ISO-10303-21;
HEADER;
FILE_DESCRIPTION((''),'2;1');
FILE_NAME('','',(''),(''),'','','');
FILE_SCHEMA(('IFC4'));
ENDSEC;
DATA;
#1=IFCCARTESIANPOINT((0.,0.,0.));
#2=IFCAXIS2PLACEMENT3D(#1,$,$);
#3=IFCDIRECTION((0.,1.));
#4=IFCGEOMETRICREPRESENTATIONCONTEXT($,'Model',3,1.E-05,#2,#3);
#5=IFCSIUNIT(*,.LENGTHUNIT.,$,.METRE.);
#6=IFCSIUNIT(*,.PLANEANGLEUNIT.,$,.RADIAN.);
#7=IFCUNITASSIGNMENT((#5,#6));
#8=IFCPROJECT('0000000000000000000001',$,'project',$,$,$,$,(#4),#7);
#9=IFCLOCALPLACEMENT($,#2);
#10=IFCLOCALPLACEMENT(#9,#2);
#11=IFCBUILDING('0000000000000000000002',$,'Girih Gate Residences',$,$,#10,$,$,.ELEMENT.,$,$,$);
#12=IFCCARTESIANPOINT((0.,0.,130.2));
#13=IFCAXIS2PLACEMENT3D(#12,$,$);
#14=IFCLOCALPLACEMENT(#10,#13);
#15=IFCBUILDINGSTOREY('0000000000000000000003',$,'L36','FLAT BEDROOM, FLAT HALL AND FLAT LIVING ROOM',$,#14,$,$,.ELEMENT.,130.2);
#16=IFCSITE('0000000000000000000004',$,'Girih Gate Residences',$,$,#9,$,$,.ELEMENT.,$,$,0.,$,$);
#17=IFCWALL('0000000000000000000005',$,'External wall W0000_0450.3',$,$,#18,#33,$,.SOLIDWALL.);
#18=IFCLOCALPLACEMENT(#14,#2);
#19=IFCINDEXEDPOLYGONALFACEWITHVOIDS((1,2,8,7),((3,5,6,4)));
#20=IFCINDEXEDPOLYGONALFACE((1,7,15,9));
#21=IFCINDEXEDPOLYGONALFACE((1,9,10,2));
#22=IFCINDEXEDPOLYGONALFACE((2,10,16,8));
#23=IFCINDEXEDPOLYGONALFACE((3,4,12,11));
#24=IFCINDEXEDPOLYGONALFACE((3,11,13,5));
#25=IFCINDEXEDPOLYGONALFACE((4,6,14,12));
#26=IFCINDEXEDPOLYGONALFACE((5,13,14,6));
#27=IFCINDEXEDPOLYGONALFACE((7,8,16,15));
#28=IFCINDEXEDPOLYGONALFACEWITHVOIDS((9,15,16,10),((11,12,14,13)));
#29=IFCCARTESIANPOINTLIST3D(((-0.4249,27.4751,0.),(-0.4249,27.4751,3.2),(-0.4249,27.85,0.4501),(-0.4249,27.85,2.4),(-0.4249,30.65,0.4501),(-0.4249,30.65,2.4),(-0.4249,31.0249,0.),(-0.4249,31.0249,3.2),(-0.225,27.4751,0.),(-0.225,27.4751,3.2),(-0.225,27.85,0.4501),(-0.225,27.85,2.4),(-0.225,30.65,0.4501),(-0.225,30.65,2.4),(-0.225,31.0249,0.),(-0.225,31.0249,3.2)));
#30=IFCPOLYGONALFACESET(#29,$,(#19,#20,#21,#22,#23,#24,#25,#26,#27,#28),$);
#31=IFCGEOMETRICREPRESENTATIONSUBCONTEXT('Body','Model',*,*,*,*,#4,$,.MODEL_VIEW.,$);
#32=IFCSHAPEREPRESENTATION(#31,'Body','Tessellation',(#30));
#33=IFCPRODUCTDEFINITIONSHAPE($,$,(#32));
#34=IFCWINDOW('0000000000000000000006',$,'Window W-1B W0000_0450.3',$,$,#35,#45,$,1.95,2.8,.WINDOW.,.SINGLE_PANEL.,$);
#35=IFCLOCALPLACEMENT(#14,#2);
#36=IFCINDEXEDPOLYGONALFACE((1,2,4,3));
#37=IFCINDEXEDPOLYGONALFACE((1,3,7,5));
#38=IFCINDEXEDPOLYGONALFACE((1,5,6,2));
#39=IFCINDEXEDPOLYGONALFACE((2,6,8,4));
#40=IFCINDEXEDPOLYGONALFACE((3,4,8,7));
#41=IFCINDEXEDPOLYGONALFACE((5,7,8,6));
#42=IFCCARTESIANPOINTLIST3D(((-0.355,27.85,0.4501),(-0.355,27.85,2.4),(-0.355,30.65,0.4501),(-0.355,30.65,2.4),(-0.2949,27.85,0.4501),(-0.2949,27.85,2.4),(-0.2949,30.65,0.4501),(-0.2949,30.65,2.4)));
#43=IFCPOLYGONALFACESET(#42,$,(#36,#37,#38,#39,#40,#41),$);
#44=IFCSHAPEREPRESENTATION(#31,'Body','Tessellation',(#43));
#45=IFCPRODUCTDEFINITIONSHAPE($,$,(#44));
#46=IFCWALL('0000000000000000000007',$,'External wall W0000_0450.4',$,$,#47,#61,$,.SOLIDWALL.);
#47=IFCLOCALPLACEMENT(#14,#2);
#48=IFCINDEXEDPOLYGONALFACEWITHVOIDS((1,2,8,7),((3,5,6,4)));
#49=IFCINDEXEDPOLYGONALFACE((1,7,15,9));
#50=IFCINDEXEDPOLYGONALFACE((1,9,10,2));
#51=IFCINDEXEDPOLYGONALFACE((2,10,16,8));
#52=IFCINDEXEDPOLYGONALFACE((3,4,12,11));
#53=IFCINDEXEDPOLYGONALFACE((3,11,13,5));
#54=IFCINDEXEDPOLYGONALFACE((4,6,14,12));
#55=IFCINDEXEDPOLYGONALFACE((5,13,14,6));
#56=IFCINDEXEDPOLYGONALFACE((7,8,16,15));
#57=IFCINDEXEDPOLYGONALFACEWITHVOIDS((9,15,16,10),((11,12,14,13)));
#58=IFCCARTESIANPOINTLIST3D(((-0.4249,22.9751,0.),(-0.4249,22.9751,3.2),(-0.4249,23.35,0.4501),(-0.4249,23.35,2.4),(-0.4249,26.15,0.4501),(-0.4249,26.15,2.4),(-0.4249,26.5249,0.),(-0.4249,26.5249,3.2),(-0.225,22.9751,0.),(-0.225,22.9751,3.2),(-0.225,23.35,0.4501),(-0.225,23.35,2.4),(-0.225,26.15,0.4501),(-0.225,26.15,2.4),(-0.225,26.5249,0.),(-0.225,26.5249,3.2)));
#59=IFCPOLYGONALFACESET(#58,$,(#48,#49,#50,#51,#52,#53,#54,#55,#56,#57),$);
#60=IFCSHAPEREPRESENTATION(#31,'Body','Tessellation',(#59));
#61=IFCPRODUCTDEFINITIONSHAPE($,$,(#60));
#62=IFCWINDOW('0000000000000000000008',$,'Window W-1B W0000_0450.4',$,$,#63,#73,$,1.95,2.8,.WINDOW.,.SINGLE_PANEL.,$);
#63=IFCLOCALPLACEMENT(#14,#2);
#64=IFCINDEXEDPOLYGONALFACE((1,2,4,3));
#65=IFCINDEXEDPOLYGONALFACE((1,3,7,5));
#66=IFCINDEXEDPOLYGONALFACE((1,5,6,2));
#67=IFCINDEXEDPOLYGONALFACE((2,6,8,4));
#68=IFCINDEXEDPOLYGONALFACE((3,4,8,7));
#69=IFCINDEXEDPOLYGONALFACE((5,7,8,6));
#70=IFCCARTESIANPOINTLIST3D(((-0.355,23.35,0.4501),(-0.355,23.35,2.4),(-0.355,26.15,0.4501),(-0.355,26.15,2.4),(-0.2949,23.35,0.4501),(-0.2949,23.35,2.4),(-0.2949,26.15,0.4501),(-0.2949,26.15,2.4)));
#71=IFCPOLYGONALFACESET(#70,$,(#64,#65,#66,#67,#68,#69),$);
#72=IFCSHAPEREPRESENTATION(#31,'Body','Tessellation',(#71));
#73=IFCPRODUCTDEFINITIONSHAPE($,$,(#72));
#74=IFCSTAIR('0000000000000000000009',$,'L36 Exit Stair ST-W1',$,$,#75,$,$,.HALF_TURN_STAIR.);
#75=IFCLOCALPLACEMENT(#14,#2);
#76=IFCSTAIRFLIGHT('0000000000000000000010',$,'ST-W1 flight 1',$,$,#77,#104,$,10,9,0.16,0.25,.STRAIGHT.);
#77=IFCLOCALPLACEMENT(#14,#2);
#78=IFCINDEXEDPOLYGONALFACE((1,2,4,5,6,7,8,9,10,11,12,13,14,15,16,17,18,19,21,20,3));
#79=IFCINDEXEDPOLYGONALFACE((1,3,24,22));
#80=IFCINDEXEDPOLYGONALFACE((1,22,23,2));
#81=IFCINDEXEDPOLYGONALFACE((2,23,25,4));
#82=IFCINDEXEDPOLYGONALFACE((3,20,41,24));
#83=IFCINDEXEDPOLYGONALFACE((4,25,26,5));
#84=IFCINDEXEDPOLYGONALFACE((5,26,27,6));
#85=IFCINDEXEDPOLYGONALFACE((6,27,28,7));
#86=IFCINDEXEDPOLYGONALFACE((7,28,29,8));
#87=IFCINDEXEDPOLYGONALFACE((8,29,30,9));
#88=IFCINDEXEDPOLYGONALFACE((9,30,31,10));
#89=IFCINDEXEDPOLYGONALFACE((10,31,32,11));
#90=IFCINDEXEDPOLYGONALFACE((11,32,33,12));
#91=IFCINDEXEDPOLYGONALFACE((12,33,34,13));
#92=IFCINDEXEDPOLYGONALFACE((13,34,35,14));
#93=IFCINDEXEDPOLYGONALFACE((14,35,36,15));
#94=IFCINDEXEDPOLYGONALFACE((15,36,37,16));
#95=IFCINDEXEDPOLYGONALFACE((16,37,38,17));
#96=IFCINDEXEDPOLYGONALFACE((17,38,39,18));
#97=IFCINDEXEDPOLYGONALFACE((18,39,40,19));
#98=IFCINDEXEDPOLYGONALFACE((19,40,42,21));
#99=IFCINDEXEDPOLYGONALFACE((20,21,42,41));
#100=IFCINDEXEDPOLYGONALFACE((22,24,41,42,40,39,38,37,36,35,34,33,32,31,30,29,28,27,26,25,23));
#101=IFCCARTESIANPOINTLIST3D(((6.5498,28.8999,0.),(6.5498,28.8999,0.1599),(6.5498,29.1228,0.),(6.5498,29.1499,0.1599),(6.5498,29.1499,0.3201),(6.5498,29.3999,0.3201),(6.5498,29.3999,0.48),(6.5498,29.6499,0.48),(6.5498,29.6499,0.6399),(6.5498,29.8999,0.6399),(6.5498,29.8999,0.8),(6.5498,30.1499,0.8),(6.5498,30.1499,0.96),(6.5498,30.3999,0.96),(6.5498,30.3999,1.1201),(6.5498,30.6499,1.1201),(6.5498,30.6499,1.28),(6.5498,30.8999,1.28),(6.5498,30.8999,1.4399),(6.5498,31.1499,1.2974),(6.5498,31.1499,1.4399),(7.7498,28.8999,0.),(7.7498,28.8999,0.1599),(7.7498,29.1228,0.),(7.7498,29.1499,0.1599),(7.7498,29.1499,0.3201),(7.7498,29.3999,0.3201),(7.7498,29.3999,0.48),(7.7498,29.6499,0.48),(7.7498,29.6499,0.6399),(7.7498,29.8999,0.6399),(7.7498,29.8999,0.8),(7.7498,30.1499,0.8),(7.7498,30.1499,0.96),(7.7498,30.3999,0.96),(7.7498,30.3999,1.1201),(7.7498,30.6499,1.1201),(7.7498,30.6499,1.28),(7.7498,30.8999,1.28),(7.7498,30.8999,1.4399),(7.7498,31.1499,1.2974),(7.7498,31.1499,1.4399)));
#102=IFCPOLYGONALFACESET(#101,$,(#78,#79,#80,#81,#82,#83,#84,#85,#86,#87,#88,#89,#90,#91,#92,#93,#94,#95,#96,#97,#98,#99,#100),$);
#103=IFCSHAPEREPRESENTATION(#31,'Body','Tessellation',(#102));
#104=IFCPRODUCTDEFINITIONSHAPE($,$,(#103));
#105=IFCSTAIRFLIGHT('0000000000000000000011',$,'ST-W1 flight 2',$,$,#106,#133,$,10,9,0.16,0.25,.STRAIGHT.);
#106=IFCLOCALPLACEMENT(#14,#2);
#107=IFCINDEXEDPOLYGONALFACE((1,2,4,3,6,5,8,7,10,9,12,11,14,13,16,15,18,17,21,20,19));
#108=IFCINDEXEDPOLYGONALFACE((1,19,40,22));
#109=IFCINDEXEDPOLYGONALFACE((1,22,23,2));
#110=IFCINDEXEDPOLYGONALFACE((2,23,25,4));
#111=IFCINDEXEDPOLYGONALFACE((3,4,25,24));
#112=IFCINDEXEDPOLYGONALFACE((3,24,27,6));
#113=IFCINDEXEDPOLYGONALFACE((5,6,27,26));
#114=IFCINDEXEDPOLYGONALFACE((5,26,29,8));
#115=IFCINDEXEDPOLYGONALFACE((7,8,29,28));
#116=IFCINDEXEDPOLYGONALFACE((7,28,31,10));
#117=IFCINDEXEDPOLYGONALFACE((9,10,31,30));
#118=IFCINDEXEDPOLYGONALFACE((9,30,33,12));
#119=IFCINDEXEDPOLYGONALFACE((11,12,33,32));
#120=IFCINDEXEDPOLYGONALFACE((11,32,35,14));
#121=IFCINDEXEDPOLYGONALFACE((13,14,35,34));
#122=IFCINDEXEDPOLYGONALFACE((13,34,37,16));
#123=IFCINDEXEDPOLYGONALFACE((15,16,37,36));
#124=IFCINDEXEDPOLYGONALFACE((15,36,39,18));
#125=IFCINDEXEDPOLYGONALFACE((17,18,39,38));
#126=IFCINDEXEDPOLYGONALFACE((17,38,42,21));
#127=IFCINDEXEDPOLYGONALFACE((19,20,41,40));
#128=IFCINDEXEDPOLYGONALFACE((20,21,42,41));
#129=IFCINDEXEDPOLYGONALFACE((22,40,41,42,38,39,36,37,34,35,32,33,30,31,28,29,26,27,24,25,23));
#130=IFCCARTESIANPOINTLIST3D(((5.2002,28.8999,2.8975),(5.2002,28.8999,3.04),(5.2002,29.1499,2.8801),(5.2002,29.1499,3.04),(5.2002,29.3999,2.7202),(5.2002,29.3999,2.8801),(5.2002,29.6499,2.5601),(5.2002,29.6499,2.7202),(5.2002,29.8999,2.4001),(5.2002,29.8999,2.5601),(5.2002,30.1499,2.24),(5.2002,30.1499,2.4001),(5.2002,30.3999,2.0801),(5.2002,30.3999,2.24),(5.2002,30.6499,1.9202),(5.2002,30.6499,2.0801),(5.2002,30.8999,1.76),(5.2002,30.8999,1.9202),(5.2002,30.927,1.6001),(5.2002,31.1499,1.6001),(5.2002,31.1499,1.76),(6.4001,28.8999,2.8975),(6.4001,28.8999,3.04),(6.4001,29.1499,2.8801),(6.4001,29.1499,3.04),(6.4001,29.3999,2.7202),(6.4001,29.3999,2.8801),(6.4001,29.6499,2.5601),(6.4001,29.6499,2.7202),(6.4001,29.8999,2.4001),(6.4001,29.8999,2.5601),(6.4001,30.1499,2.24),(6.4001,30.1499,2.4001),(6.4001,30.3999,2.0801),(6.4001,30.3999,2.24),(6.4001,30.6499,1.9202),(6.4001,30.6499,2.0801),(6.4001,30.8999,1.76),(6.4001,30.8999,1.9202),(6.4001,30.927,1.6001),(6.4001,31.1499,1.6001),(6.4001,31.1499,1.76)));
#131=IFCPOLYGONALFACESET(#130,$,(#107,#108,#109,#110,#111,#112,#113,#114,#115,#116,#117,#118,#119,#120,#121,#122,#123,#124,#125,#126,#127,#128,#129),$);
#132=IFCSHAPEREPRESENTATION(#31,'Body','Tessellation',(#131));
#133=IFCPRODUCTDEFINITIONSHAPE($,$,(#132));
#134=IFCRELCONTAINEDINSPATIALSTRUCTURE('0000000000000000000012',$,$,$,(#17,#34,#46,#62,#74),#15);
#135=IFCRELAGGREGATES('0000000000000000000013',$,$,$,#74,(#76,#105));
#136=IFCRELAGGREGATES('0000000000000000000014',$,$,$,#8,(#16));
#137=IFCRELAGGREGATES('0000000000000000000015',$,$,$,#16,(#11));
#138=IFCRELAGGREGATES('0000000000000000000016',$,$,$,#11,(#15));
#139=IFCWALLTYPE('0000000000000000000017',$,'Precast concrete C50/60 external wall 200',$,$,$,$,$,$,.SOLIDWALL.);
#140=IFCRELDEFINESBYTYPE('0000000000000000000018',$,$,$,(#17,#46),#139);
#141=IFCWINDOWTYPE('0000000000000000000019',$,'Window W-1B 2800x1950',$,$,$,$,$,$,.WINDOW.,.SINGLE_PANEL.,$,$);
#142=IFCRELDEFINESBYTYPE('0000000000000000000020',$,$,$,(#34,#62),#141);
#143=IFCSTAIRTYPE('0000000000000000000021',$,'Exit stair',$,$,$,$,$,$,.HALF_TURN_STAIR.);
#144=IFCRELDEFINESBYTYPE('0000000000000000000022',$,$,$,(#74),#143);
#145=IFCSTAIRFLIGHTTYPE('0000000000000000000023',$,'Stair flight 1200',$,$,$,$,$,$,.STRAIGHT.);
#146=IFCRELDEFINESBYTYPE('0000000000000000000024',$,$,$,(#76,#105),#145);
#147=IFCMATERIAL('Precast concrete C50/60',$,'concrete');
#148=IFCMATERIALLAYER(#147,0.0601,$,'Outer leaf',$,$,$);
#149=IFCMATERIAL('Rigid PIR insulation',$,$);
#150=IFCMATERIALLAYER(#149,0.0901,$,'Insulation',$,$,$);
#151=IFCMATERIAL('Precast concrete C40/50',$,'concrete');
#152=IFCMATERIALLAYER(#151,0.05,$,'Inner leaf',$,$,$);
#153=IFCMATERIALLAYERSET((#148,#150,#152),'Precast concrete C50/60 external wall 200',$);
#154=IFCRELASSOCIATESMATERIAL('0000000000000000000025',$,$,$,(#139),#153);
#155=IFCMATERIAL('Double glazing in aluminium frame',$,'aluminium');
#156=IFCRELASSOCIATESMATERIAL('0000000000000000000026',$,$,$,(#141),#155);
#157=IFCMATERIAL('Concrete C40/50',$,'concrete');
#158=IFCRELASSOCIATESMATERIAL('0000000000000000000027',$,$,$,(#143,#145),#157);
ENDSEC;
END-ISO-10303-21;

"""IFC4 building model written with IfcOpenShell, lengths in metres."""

from ifc_helpers import new_model, si_unit, direction, frame, frame_2d, origin, place, context, subcontext, project, spatial, polyline, rectangle, outline, extrude, material, layer, layer_set, type_object, element, fill, aggregate, save


model = new_model("IFC4")

# Units and contexts
model_context = context("Model", 3, precision=1e-05, world=origin(), true_north=direction((0.0, 1.0)))
body_context = subcontext(model_context, "Body", "Model", "MODEL_VIEW")
ifc_project = project(units=[si_unit("LENGTHUNIT", "METRE"), si_unit("PLANEANGLEUNIT", "RADIAN")], contexts=[model_context])

# Site, building, storey
site_placement = place(None, origin())
site = spatial("IfcSite", under=ifc_project, at=site_placement, Name="Girih Gate Residences", CompositionType="ELEMENT", RefElevation=0.0)
building_placement = place(site_placement, origin())
building = spatial("IfcBuilding", under=site, at=building_placement, Name="Girih Gate Residences", CompositionType="ELEMENT")
storey_placement = place(building_placement, frame((0.0, 0.0, 130.2)))
storey = spatial("IfcBuildingStorey", under=building, at=storey_placement, Name="L36", Description="FLAT BEDROOM, FLAT HALL AND FLAT LIVING ROOM", CompositionType="ELEMENT", Elevation=130.2)

# Walls, openings, windows
ifc_material_1 = material(Name="Precast concrete C50/60", Category="concrete")
ifc_layer_1 = layer(ifc_material_1, 0.0601, Name="Outer leaf")
ifc_material_2 = material(Name="Rigid PIR insulation")
ifc_layer_2 = layer(ifc_material_2, 0.0901, Name="Insulation")
ifc_material_3 = material(Name="Precast concrete C40/50", Category="concrete")
ifc_layer_3 = layer(ifc_material_3, 0.05, Name="Inner leaf")
ifc_layer_set_1 = layer_set([ifc_layer_1, ifc_layer_2, ifc_layer_3], Name="Precast concrete C50/60 external wall 200")
wall_type_1 = type_object("IfcWallType", Name="Precast concrete C50/60 external wall 200", PredefinedType="SOLIDWALL", material=ifc_layer_set_1)
wall_1_placement = place(storey_placement, frame((-0.325, 27.4751, 0.0), z_axis=(0.0, 0.0, 1.0), x_axis=(0.0, 1.0, 0.0)))
wall_1 = element("IfcWall", 1, at=wall_1_placement, inside=storey, type_object=wall_type_1, Name="External wall W0000_0450.3", PredefinedType="SOLIDWALL", context=body_context, shape_type="SweptSolid", body=[
    extrude(rectangle(XDim=3.5498, YDim=0.2, at=frame_2d((1.7749, 0.0))), origin(), (0.0, 0.0, 1.0), 3.2),
])
opening_1_placement = place(wall_1_placement, frame((0.375, 0.0, 0.45)))
opening_1 = element("IfcOpeningElement", 2, at=opening_1_placement, cuts=wall_1, PredefinedType="OPENING", context=body_context, shape_type="SweptSolid", body=[
    extrude(rectangle(XDim=2.8, YDim=1.95, at=frame_2d((1.3999, 0.9751))), frame((0.0, 0.1099, 0.0), z_axis=(0.0, -1.0, 0.0), x_axis=(1.0, 0.0, 0.0)), (0.0, 0.0, 1.0), 0.22),
])
ifc_material_4 = material(Name="Double glazing in aluminium frame", Category="aluminium")
window_type = type_object("IfcWindowType", Name="Window W-1B 2800x1950", PartitioningType="SINGLE_PANEL", PredefinedType="WINDOW", material=ifc_material_4)
window_1_placement = place(opening_1_placement, origin())
window_1 = element("IfcWindow", 3, at=window_1_placement, inside=storey, type_object=window_type, Name="Window W-1B W0000_0450.3", OverallHeight=1.95, OverallWidth=2.8, PartitioningType="SINGLE_PANEL", PredefinedType="WINDOW", context=body_context, shape_type="SweptSolid", body=[
    extrude(rectangle(XDim=2.8, YDim=1.95, at=frame_2d((1.3999, 0.9751))), frame((0.0, 0.03, 0.0), z_axis=(0.0, -1.0, 0.0), x_axis=(1.0, 0.0, 0.0)), (0.0, 0.0, 1.0), 0.0601),
])
fill(opening_1, window_1)
wall_2_placement = place(storey_placement, frame((-0.325, 22.9751, 0.0), z_axis=(0.0, 0.0, 1.0), x_axis=(0.0, 1.0, 0.0)))
wall_2 = element("IfcWall", 4, at=wall_2_placement, inside=storey, type_object=wall_type_1, Name="External wall W0000_0450.4", PredefinedType="SOLIDWALL", context=body_context, shape_type="SweptSolid", body=[
    extrude(rectangle(XDim=3.5498, YDim=0.2, at=frame_2d((1.7749, 0.0))), origin(), (0.0, 0.0, 1.0), 3.2),
])
opening_2_placement = place(wall_2_placement, frame((0.375, 0.0, 0.45)))
opening_2 = element("IfcOpeningElement", 5, at=opening_2_placement, cuts=wall_2, PredefinedType="OPENING", context=body_context, shape_type="SweptSolid", body=[
    extrude(rectangle(XDim=2.8, YDim=1.95, at=frame_2d((1.3999, 0.9751))), frame((0.0, 0.1099, 0.0), z_axis=(0.0, -1.0, 0.0), x_axis=(1.0, 0.0, 0.0)), (0.0, 0.0, 1.0), 0.22),
])
window_2_placement = place(opening_2_placement, origin())
window_2 = element("IfcWindow", 6, at=window_2_placement, inside=storey, type_object=window_type, Name="Window W-1B W0000_0450.4", OverallHeight=1.95, OverallWidth=2.8, PartitioningType="SINGLE_PANEL", PredefinedType="WINDOW", context=body_context, shape_type="SweptSolid", body=[
    extrude(rectangle(XDim=2.8, YDim=1.95, at=frame_2d((1.3999, 0.9751))), frame((0.0, 0.03, 0.0), z_axis=(0.0, -1.0, 0.0), x_axis=(1.0, 0.0, 0.0)), (0.0, 0.0, 1.0), 0.0601),
])
fill(opening_2, window_2)

# Stair, stair flights
ifc_material_5 = material(Name="Concrete C40/50", Category="concrete")
stair_type = type_object("IfcStairType", Name="Exit stair", PredefinedType="HALF_TURN_STAIR", material=ifc_material_5)
stair_placement = place(storey_placement, origin())
stair = element("IfcStair", 7, at=stair_placement, inside=storey, type_object=stair_type, Name="L36 Exit Stair ST-W1", PredefinedType="HALF_TURN_STAIR")
stair_flight_type = type_object("IfcStairFlightType", Name="Stair flight 1200", PredefinedType="STRAIGHT", material=ifc_material_5)
stair_flight_1_placement = place(storey_placement, frame((7.1499, 28.8999, 0.0), z_axis=(0.0, 0.0, 1.0), x_axis=(0.0, 1.0, 0.0)))
stair_flight_1 = element("IfcStairFlight", 8, at=stair_flight_1_placement, type_object=stair_flight_type, Name="ST-W1 flight 1", NumberOfRisers=10, NumberOfTreads=9, PredefinedType="STRAIGHT", RiserHeight=0.16, TreadLength=0.25, context=body_context, shape_type="SweptSolid", body=[
    extrude(outline(polyline([(0.0, 0.0), (0.0, 0.1599), (0.25, 0.1599), (0.25, 0.3201), (0.5, 0.3201), (0.5, 0.48), (0.75, 0.48), (0.75, 0.6399), (1.0, 0.6399), (1.0, 0.8), (1.25, 0.8), (1.25, 0.96), (1.5, 0.96), (1.5, 1.1201), (1.75, 1.1201), (1.75, 1.28), (2.0, 1.28), (2.0, 1.4399), (2.25, 1.4399), (2.25, 1.6001), (2.25, 1.2974), (0.2229, 0.0), (0.0, 0.0)])), frame((0.0, 0.6001, 0.0), z_axis=(0.0, -1.0, 0.0), x_axis=(1.0, 0.0, 0.0)), (0.0, 0.0, 1.0), 1.2),
])
stair_flight_2_placement = place(storey_placement, frame((5.8, 31.1499, 1.6001), z_axis=(0.0, 0.0, 1.0), x_axis=(0.0, -1.0, 0.0)))
stair_flight_2 = element("IfcStairFlight", 9, at=stair_flight_2_placement, type_object=stair_flight_type, Name="ST-W1 flight 2", NumberOfRisers=10, NumberOfTreads=9, PredefinedType="STRAIGHT", RiserHeight=0.16, TreadLength=0.25, context=body_context, shape_type="SweptSolid", body=[
    extrude(outline(polyline([(0.0, 0.0), (0.0, 0.1599), (0.25, 0.1599), (0.25, 0.3201), (0.5, 0.3201), (0.5, 0.48), (0.75, 0.48), (0.75, 0.6399), (1.0, 0.6399), (1.0, 0.8), (1.25, 0.8), (1.25, 0.96), (1.5, 0.96), (1.5, 1.1201), (1.75, 1.1201), (1.75, 1.28), (2.0, 1.28), (2.0, 1.4399), (2.25, 1.4399), (2.25, 1.6001), (2.25, 1.2974), (0.2229, 0.0), (0.0, 0.0)])), frame((0.0, 0.6001, 0.0), z_axis=(0.0, -1.0, 0.0), x_axis=(1.0, 0.0, 0.0)), (0.0, 0.0, 1.0), 1.2),
])
aggregate(stair, [stair_flight_1, stair_flight_2])

save(model, "model.ifc")
